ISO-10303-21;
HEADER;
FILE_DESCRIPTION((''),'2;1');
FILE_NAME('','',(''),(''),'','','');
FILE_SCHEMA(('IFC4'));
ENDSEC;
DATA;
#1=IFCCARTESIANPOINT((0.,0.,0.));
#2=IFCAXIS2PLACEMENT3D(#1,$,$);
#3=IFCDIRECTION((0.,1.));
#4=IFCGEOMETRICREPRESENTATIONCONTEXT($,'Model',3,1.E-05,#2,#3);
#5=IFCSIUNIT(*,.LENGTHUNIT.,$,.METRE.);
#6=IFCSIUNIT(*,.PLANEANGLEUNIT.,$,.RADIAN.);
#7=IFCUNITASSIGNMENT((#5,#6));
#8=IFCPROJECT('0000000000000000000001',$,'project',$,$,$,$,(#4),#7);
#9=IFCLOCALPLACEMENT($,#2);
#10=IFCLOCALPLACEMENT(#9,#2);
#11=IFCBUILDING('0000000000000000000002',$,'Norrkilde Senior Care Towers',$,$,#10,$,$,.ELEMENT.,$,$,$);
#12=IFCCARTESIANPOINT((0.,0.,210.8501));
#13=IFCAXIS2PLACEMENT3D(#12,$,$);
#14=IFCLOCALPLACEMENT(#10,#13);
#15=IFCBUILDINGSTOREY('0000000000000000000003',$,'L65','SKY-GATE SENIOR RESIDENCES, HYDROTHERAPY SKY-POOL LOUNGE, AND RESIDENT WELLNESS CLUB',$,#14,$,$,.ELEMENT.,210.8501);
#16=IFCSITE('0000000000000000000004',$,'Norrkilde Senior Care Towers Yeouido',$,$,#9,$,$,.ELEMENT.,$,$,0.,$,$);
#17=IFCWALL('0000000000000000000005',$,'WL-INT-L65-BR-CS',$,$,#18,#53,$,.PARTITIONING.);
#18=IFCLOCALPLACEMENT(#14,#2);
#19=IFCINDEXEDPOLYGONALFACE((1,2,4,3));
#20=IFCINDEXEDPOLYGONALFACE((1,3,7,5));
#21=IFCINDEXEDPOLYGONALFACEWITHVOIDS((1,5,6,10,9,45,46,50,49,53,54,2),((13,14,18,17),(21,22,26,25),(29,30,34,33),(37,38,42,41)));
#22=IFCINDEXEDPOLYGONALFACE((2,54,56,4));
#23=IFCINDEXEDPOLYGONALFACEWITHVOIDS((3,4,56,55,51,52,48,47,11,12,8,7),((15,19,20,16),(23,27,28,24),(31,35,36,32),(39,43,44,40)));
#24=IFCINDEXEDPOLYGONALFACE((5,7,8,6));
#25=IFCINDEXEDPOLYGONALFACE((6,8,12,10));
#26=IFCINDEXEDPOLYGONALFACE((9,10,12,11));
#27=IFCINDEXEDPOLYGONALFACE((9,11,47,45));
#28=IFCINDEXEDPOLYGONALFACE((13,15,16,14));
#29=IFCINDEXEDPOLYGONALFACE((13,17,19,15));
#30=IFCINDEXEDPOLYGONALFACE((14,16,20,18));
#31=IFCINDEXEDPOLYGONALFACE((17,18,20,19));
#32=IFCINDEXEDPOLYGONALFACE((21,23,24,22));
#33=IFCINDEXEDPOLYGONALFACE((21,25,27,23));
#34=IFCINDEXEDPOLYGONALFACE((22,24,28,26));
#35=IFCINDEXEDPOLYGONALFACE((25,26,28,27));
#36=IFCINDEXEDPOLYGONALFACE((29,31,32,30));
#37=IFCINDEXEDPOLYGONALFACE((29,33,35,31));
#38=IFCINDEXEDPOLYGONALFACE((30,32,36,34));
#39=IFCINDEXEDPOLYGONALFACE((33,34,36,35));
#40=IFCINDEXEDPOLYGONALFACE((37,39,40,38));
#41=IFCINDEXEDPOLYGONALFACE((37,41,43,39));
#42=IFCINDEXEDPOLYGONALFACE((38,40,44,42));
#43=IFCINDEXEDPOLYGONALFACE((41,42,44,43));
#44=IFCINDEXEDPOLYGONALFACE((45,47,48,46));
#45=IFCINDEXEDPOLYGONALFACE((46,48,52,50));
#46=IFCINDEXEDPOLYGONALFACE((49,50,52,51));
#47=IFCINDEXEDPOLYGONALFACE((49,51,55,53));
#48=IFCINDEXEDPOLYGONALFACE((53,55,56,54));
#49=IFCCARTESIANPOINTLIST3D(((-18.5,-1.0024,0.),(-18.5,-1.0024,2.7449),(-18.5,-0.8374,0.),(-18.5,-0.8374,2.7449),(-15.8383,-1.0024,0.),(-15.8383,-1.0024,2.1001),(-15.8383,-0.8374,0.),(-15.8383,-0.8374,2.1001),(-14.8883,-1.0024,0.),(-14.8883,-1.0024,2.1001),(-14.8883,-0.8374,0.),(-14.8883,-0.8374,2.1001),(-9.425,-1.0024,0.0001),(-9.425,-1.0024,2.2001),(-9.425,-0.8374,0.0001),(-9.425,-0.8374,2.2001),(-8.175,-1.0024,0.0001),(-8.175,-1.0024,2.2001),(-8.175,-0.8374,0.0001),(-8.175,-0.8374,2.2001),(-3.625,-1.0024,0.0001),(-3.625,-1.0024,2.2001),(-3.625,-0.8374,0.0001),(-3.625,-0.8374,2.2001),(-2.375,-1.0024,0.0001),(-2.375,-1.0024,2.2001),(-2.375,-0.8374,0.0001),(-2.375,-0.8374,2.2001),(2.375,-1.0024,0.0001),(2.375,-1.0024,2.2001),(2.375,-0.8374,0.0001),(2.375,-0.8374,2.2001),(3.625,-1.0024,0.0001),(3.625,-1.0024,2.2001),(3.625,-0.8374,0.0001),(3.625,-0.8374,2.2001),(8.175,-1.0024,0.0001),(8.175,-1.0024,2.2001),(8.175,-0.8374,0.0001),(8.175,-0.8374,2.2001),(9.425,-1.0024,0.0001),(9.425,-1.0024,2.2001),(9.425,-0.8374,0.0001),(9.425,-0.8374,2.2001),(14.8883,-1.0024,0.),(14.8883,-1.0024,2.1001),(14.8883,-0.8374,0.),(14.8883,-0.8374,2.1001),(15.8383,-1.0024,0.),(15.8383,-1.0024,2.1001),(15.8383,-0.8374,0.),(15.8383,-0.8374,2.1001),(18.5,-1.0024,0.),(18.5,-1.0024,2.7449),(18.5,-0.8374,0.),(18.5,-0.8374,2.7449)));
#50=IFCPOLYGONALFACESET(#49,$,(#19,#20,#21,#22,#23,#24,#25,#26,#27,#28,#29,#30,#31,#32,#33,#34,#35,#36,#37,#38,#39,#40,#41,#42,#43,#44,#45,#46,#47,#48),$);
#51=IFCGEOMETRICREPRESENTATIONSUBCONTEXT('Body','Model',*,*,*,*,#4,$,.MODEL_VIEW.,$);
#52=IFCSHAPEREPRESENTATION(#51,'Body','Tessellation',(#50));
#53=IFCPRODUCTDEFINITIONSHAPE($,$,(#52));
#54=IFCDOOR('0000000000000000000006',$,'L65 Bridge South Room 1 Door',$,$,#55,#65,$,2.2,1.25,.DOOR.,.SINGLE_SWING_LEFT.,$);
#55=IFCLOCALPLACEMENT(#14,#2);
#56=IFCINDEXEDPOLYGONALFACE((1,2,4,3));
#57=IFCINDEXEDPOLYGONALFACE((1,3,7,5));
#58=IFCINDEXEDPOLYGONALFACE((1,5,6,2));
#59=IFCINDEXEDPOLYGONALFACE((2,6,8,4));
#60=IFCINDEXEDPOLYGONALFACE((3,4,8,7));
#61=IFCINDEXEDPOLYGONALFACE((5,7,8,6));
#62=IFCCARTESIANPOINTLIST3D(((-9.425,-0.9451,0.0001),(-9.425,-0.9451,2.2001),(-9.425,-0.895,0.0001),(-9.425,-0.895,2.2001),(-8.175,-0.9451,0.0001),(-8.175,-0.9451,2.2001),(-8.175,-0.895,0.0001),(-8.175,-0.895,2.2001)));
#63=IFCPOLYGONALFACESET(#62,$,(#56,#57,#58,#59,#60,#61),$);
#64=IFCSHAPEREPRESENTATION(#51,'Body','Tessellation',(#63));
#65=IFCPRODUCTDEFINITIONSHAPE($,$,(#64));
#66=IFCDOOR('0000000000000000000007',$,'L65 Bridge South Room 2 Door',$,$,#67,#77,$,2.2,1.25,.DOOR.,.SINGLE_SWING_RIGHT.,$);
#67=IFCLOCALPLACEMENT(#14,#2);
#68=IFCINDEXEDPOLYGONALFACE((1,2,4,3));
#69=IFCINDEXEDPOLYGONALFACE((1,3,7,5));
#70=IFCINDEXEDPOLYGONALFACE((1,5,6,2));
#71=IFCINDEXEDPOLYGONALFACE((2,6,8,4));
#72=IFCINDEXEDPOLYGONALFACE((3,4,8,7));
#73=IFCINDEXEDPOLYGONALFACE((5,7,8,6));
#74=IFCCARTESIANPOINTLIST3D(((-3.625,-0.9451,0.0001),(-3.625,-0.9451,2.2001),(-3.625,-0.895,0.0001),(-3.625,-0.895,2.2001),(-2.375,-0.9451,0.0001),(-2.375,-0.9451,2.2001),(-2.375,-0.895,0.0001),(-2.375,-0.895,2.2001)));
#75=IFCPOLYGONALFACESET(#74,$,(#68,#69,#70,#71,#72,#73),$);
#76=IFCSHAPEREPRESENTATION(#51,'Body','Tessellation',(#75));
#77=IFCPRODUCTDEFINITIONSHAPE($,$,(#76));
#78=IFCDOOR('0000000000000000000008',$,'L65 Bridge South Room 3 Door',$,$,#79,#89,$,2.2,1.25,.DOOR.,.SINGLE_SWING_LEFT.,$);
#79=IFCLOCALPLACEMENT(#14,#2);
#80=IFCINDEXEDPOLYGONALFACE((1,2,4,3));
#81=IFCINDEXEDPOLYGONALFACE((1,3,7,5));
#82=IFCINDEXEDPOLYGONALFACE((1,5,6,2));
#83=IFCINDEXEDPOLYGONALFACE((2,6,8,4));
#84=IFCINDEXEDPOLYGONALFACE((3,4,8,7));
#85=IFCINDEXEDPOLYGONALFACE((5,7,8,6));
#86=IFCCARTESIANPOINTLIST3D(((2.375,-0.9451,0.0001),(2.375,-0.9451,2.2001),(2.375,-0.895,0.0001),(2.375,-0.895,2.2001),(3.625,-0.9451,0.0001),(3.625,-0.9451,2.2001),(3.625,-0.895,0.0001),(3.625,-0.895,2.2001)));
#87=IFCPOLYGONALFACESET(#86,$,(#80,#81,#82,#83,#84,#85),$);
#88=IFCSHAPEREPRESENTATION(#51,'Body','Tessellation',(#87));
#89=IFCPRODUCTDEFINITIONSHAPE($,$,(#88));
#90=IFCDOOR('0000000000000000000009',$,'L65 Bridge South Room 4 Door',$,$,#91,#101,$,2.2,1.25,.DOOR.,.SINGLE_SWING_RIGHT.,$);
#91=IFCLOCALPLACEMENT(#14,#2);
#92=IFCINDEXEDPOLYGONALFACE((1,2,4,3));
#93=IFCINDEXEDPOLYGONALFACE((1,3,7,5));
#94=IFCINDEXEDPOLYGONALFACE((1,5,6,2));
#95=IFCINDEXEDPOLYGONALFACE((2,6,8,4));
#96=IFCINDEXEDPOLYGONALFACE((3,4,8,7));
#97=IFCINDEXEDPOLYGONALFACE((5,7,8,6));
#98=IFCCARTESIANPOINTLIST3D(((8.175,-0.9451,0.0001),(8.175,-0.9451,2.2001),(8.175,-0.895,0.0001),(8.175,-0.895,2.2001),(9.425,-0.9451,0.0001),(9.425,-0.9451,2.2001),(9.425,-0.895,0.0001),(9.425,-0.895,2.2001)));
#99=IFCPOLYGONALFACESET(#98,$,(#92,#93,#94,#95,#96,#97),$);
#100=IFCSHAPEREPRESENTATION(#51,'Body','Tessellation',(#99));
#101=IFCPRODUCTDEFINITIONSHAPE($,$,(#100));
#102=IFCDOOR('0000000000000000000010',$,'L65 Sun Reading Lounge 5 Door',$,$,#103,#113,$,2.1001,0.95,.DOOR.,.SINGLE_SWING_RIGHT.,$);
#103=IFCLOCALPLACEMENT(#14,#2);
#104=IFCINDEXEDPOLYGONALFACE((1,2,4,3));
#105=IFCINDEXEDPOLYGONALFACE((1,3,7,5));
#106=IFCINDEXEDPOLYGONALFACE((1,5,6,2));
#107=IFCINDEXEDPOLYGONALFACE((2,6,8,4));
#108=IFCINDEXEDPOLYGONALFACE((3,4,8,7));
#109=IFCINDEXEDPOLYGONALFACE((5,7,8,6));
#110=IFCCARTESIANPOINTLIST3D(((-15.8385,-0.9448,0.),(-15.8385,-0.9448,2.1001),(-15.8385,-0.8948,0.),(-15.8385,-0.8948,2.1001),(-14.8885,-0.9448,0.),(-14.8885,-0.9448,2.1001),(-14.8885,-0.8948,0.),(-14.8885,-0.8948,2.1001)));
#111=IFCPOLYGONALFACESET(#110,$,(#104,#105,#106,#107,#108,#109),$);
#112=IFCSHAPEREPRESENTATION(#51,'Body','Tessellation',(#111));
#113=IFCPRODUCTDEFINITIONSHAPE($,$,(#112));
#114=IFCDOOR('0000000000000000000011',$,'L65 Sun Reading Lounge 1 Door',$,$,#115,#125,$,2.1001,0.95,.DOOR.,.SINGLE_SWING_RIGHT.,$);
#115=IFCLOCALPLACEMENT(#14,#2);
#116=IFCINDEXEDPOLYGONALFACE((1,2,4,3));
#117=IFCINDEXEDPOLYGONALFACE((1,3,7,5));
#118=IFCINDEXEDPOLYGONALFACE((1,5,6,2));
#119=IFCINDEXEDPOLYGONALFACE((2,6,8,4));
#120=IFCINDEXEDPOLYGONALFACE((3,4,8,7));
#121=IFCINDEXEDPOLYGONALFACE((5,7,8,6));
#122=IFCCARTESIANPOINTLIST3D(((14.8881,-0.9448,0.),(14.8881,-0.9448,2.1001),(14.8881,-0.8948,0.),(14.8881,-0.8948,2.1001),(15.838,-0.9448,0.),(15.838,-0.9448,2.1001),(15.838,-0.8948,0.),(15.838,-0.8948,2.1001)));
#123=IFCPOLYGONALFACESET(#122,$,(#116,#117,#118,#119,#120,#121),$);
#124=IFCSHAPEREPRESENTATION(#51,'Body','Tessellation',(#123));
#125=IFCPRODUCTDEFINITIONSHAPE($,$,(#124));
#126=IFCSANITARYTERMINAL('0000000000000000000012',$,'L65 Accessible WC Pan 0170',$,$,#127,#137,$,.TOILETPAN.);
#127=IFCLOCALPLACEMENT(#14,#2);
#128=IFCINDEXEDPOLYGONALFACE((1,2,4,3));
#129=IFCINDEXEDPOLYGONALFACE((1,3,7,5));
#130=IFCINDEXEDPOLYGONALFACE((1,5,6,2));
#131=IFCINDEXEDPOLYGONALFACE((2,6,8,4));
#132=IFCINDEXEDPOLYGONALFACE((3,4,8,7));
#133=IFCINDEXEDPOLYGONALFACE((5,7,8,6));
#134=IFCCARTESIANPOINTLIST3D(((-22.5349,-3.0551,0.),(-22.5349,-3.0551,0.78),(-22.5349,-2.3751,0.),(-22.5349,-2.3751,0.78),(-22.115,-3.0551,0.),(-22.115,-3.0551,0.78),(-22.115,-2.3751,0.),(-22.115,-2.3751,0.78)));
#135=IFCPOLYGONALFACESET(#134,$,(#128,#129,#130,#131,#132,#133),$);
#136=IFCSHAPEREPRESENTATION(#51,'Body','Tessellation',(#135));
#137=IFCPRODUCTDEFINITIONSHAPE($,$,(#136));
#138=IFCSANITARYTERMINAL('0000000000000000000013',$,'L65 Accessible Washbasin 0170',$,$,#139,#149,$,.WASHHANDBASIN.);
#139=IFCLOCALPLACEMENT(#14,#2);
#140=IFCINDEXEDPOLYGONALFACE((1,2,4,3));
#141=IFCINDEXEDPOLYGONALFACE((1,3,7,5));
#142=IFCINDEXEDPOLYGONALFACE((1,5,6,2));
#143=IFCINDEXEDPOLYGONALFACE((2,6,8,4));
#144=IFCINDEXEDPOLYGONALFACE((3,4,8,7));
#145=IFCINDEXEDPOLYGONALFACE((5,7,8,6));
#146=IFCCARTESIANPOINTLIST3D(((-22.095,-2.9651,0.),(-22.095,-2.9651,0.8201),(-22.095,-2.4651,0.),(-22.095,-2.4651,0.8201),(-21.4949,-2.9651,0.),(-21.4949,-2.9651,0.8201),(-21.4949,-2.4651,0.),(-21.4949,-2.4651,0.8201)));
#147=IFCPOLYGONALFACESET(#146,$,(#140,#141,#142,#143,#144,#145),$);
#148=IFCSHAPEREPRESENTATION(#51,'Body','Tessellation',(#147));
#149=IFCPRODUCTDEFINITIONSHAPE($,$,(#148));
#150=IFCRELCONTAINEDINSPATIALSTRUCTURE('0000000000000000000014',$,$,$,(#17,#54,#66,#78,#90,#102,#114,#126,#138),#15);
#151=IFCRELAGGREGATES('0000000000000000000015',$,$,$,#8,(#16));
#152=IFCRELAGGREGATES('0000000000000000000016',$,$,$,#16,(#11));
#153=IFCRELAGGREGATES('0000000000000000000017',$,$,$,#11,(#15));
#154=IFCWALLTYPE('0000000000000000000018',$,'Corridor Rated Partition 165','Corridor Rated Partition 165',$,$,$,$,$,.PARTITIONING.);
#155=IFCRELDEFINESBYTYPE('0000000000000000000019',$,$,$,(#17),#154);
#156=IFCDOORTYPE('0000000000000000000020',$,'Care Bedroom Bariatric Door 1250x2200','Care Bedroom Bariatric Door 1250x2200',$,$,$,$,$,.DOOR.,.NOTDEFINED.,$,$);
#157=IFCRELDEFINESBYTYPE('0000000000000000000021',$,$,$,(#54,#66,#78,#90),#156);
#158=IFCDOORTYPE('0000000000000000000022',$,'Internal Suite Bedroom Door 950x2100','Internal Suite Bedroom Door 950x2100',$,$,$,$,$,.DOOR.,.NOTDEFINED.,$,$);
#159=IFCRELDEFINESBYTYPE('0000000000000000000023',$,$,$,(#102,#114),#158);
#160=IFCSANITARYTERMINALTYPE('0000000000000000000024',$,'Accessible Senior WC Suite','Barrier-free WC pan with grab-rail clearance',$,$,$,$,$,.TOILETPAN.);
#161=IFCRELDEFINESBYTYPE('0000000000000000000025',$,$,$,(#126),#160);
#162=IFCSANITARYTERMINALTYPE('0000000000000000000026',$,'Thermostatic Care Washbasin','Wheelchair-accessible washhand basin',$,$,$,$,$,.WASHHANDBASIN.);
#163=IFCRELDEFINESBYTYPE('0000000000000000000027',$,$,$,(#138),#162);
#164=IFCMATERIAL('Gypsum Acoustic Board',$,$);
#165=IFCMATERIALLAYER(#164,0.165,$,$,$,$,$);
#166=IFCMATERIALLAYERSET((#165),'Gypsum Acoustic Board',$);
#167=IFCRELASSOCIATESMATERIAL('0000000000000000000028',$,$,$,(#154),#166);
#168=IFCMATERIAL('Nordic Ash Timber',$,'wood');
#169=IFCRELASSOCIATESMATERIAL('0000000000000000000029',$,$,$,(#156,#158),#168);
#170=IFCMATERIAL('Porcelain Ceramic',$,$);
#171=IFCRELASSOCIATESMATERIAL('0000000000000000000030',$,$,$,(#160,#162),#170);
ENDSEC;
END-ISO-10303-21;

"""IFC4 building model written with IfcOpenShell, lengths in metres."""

from ifc_helpers import new_model, si_unit, direction, frame, frame_2d, origin, origin_2d, place, context, subcontext, project, spatial, rectangle, extrude, source, transform, mapped, material, layer, layer_set, type_object, type_shapes, element, fill, save


model = new_model("IFC4")

# Units and contexts
model_context = context("Model", 3, precision=1e-05, world=origin(), true_north=direction((0.0, 1.0)))
body_context = subcontext(model_context, "Body", "Model", "MODEL_VIEW")
ifc_project = project(units=[si_unit("LENGTHUNIT", "METRE"), si_unit("PLANEANGLEUNIT", "RADIAN")], contexts=[model_context])

# Site, building, storey
site_placement = place(None, origin())
site = spatial("IfcSite", under=ifc_project, at=site_placement, Name="Norrkilde Senior Care Towers Yeouido", CompositionType="ELEMENT", RefElevation=0.0)
building_placement = place(site_placement, origin())
building = spatial("IfcBuilding", under=site, at=building_placement, Name="Norrkilde Senior Care Towers", CompositionType="ELEMENT")
storey_placement = place(building_placement, frame((0.0, 0.0, 210.8501)))
storey = spatial("IfcBuildingStorey", under=building, at=storey_placement, Name="L65", Description="SKY-GATE SENIOR RESIDENCES, HYDROTHERAPY SKY-POOL LOUNGE, AND RESIDENT WELLNESS CLUB", CompositionType="ELEMENT", Elevation=210.8501)

# Shared definitions
ifc_material_1 = material(Name="Gypsum Acoustic Board")
ifc_layer_1 = layer(ifc_material_1, 0.165)
ifc_layer_set_1 = layer_set([ifc_layer_1], Name="Gypsum Acoustic Board")
wall_type_1 = type_object("IfcWallType", Name="Corridor Rated Partition 165", Description="Corridor Rated Partition 165", PredefinedType="PARTITIONING", material=ifc_layer_set_1)

# Shared definitions
ifc_material_2 = material(Name="Nordic Ash Timber", Category="wood")
door_type_1 = type_object("IfcDoorType", Name="Care Bedroom Bariatric Door 1250x2200", Description="Care Bedroom Bariatric Door 1250x2200", OperationType="NOTDEFINED", PredefinedType="DOOR", material=ifc_material_2)
shared_shape_1 = source(origin(), body_context, "Body", "SweptSolid", [
    extrude(rectangle(XDim=1.25, YDim=2.2, at=frame_2d((0.625, 1.1001))), frame((0.0, 0.0249, 0.0), z_axis=(0.0, -1.0, 0.0), x_axis=(1.0, 0.0, 0.0)), (0.0, 0.0, 1.0), 0.05),
])
type_shapes(door_type_1, [shared_shape_1])

# Wall, openings, doors
shared_shape_2 = source(origin(), body_context, "Body", "SweptSolid", [
    extrude(rectangle(XDim=37.0, YDim=0.165, at=frame_2d((18.5, 0.0))), origin(), (0.0, 0.0, 1.0), 2.7449),
])
wall_1_placement = place(storey_placement, frame((-18.5, -0.9199, 0.0), z_axis=(0.0, 0.0, 1.0), x_axis=(1.0, 0.0, 0.0)))
wall_1 = element("IfcWall", 1, at=wall_1_placement, inside=storey, type_object=wall_type_1, Name="WL-INT-L65-BR-CS", PredefinedType="PARTITIONING", context=body_context, shape_type="MappedRepresentation", body=[
    mapped(shared_shape_2, transform((0.0, 0.0, 0.0), x_axis=(1.0, 0.0, 0.0), y_axis=(0.0, 1.0, 0.0), z_axis=(0.0, 0.0, 1.0), scale=1.0)),
])
opening_1_placement = place(wall_1_placement, frame((2.6616, 0.0, 0.0)))
opening_1 = element("IfcOpeningElement", 2, at=opening_1_placement, cuts=wall_1, PredefinedType="OPENING", context=body_context, shape_type="SweptSolid", body=[
    extrude(rectangle(XDim=0.95, YDim=2.1001, at=frame_2d((0.4751, 1.05))), frame((0.0, 0.0925, 0.0), z_axis=(0.0, -1.0, 0.0), x_axis=(1.0, 0.0, 0.0)), (0.0, 0.0, 1.0), 0.1851),
])
opening_2_placement = place(wall_1_placement, frame((33.3882, 0.0, 0.0)))
opening_2 = element("IfcOpeningElement", 3, at=opening_2_placement, cuts=wall_1, PredefinedType="OPENING", context=body_context, shape_type="SweptSolid", body=[
    extrude(rectangle(XDim=0.95, YDim=2.1001, at=frame_2d((0.4751, 1.05))), frame((0.0, 0.0925, 0.0), z_axis=(0.0, -1.0, 0.0), x_axis=(1.0, 0.0, 0.0)), (0.0, 0.0, 1.0), 0.1851),
])
opening_3_placement = place(wall_1_placement, frame((9.075, 0.0, 0.0)))
opening_3 = element("IfcOpeningElement", 4, at=opening_3_placement, cuts=wall_1, PredefinedType="OPENING", context=body_context, shape_type="SweptSolid", body=[
    extrude(rectangle(XDim=1.25, YDim=2.2, at=frame_2d((0.625, 1.1001))), frame((0.0, 0.0925, 0.0), z_axis=(0.0, -1.0, 0.0), x_axis=(1.0, 0.0, 0.0)), (0.0, 0.0, 1.0), 0.1851),
])
opening_4_placement = place(wall_1_placement, frame((14.875, 0.0, 0.0)))
opening_4 = element("IfcOpeningElement", 5, at=opening_4_placement, cuts=wall_1, PredefinedType="OPENING", context=body_context, shape_type="SweptSolid", body=[
    extrude(rectangle(XDim=1.25, YDim=2.2, at=frame_2d((0.625, 1.1001))), frame((0.0, 0.0925, 0.0), z_axis=(0.0, -1.0, 0.0), x_axis=(1.0, 0.0, 0.0)), (0.0, 0.0, 1.0), 0.1851),
])
opening_5_placement = place(wall_1_placement, frame((20.875, 0.0, 0.0)))
opening_5 = element("IfcOpeningElement", 6, at=opening_5_placement, cuts=wall_1, PredefinedType="OPENING", context=body_context, shape_type="SweptSolid", body=[
    extrude(rectangle(XDim=1.25, YDim=2.2, at=frame_2d((0.625, 1.1001))), frame((0.0, 0.0925, 0.0), z_axis=(0.0, -1.0, 0.0), x_axis=(1.0, 0.0, 0.0)), (0.0, 0.0, 1.0), 0.1851),
])
opening_6_placement = place(wall_1_placement, frame((26.675, 0.0, 0.0)))
opening_6 = element("IfcOpeningElement", 7, at=opening_6_placement, cuts=wall_1, PredefinedType="OPENING", context=body_context, shape_type="SweptSolid", body=[
    extrude(rectangle(XDim=1.25, YDim=2.2, at=frame_2d((0.625, 1.1001))), frame((0.0, 0.0925, 0.0), z_axis=(0.0, -1.0, 0.0), x_axis=(1.0, 0.0, 0.0)), (0.0, 0.0, 1.0), 0.1851),
])
door_1_placement = place(opening_3_placement, origin())
door_1 = element("IfcDoor", 8, at=door_1_placement, inside=storey, type_object=door_type_1, Name="L65 Bridge South Room 1 Door", OperationType="SINGLE_SWING_LEFT", OverallHeight=2.2, OverallWidth=1.25, PredefinedType="DOOR", context=body_context, shape_type="MappedRepresentation", body=[
    mapped(shared_shape_1, transform((0.0, 0.0, 0.0), x_axis=(1.0, 0.0, 0.0), y_axis=(0.0, 1.0, 0.0), z_axis=(0.0, 0.0, 1.0), scale=1.0)),
])
fill(opening_3, door_1)
door_2_placement = place(opening_4_placement, origin())
door_2 = element("IfcDoor", 9, at=door_2_placement, inside=storey, type_object=door_type_1, Name="L65 Bridge South Room 2 Door", OperationType="SINGLE_SWING_RIGHT", OverallHeight=2.2, OverallWidth=1.25, PredefinedType="DOOR", context=body_context, shape_type="MappedRepresentation", body=[
    mapped(shared_shape_1, transform((0.0, 0.0, 0.0), x_axis=(1.0, 0.0, 0.0), y_axis=(0.0, 1.0, 0.0), z_axis=(0.0, 0.0, 1.0), scale=1.0)),
])
fill(opening_4, door_2)
door_3_placement = place(opening_5_placement, origin())
door_3 = element("IfcDoor", 10, at=door_3_placement, inside=storey, type_object=door_type_1, Name="L65 Bridge South Room 3 Door", OperationType="SINGLE_SWING_LEFT", OverallHeight=2.2, OverallWidth=1.25, PredefinedType="DOOR", context=body_context, shape_type="MappedRepresentation", body=[
    mapped(shared_shape_1, transform((0.0, 0.0, 0.0), x_axis=(1.0, 0.0, 0.0), y_axis=(0.0, 1.0, 0.0), z_axis=(0.0, 0.0, 1.0), scale=1.0)),
])
fill(opening_5, door_3)
door_4_placement = place(opening_6_placement, origin())
door_4 = element("IfcDoor", 11, at=door_4_placement, inside=storey, type_object=door_type_1, Name="L65 Bridge South Room 4 Door", OperationType="SINGLE_SWING_RIGHT", OverallHeight=2.2, OverallWidth=1.25, PredefinedType="DOOR", context=body_context, shape_type="MappedRepresentation", body=[
    mapped(shared_shape_1, transform((0.0, 0.0, 0.0), x_axis=(1.0, 0.0, 0.0), y_axis=(0.0, 1.0, 0.0), z_axis=(0.0, 0.0, 1.0), scale=1.0)),
])
fill(opening_6, door_4)
door_type_2 = type_object("IfcDoorType", Name="Internal Suite Bedroom Door 950x2100", Description="Internal Suite Bedroom Door 950x2100", OperationType="NOTDEFINED", PredefinedType="DOOR", material=ifc_material_2)
shared_shape_3 = source(origin(), body_context, "Body", "SweptSolid", [
    extrude(rectangle(XDim=0.95, YDim=2.1001, at=frame_2d((0.4751, 1.05))), frame((0.0, 0.0249, 0.0), z_axis=(0.0, -1.0, 0.0), x_axis=(1.0, 0.0, 0.0)), (0.0, 0.0, 1.0), 0.05),
])
type_shapes(door_type_2, [shared_shape_3])
door_5_placement = place(opening_1_placement, frame((0.95, 0.0, 0.0), z_axis=(0.0, 0.0, 1.0), x_axis=(-1.0, 0.0, 0.0)))
door_5 = element("IfcDoor", 12, at=door_5_placement, inside=storey, type_object=door_type_2, Name="L65 Sun Reading Lounge 5 Door", OperationType="SINGLE_SWING_RIGHT", OverallHeight=2.1001, OverallWidth=0.95, PredefinedType="DOOR", context=body_context, shape_type="MappedRepresentation", body=[
    mapped(shared_shape_3, transform((0.0, 0.0, 0.0), x_axis=(1.0, 0.0, 0.0), y_axis=(0.0, 1.0, 0.0), z_axis=(0.0, 0.0, 1.0), scale=1.0)),
])
fill(opening_1, door_5)
door_6_placement = place(opening_2_placement, frame((0.95, 0.0, 0.0), z_axis=(0.0, 0.0, 1.0), x_axis=(-1.0, 0.0, 0.0)))
door_6 = element("IfcDoor", 13, at=door_6_placement, inside=storey, type_object=door_type_2, Name="L65 Sun Reading Lounge 1 Door", OperationType="SINGLE_SWING_RIGHT", OverallHeight=2.1001, OverallWidth=0.95, PredefinedType="DOOR", context=body_context, shape_type="MappedRepresentation", body=[
    mapped(shared_shape_3, transform((0.0, 0.0, 0.0), x_axis=(1.0, 0.0, 0.0), y_axis=(0.0, 1.0, 0.0), z_axis=(0.0, 0.0, 1.0), scale=1.0)),
])
fill(opening_2, door_6)

# Sanitary terminals
ifc_material_3 = material(Name="Porcelain Ceramic")
sanitary_terminal_type_1 = type_object("IfcSanitaryTerminalType", Name="Accessible Senior WC Suite", Description="Barrier-free WC pan with grab-rail clearance", PredefinedType="TOILETPAN", material=ifc_material_3)
shared_shape_4 = source(origin(), body_context, "Body", "SweptSolid", [
    extrude(rectangle(XDim=0.4199, YDim=0.6799, at=origin_2d()), origin(), (0.0, 0.0, 1.0), 0.78),
])
type_shapes(sanitary_terminal_type_1, [shared_shape_4])
sanitary_terminal_1_placement = place(storey_placement, frame((-22.325, -2.7151, 0.0), z_axis=(0.0, 0.0, 1.0), x_axis=(1.0, 0.0, 0.0)))
element("IfcSanitaryTerminal", 14, at=sanitary_terminal_1_placement, inside=storey, type_object=sanitary_terminal_type_1, Name="L65 Accessible WC Pan 0170", PredefinedType="TOILETPAN", context=body_context, shape_type="MappedRepresentation", body=[
    mapped(shared_shape_4, transform((0.0, 0.0, 0.0), x_axis=(1.0, 0.0, 0.0), y_axis=(0.0, 1.0, 0.0), z_axis=(0.0, 0.0, 1.0), scale=1.0)),
])
sanitary_terminal_type_2 = type_object("IfcSanitaryTerminalType", Name="Thermostatic Care Washbasin", Description="Wheelchair-accessible washhand basin", PredefinedType="WASHHANDBASIN", material=ifc_material_3)
shared_shape_5 = source(origin(), body_context, "Body", "SweptSolid", [
    extrude(rectangle(XDim=0.6001, YDim=0.5, at=origin_2d()), origin(), (0.0, 0.0, 1.0), 0.8201),
])
type_shapes(sanitary_terminal_type_2, [shared_shape_5])
sanitary_terminal_2_placement = place(storey_placement, frame((-21.7949, -2.7151, 0.0), z_axis=(0.0, 0.0, 1.0), x_axis=(1.0, 0.0, 0.0)))
element("IfcSanitaryTerminal", 15, at=sanitary_terminal_2_placement, inside=storey, type_object=sanitary_terminal_type_2, Name="L65 Accessible Washbasin 0170", PredefinedType="WASHHANDBASIN", context=body_context, shape_type="MappedRepresentation", body=[
    mapped(shared_shape_5, transform((0.0, 0.0, 0.0), x_axis=(1.0, 0.0, 0.0), y_axis=(0.0, 1.0, 0.0), z_axis=(0.0, 0.0, 1.0), scale=1.0)),
])

save(model, "model.ifc")
